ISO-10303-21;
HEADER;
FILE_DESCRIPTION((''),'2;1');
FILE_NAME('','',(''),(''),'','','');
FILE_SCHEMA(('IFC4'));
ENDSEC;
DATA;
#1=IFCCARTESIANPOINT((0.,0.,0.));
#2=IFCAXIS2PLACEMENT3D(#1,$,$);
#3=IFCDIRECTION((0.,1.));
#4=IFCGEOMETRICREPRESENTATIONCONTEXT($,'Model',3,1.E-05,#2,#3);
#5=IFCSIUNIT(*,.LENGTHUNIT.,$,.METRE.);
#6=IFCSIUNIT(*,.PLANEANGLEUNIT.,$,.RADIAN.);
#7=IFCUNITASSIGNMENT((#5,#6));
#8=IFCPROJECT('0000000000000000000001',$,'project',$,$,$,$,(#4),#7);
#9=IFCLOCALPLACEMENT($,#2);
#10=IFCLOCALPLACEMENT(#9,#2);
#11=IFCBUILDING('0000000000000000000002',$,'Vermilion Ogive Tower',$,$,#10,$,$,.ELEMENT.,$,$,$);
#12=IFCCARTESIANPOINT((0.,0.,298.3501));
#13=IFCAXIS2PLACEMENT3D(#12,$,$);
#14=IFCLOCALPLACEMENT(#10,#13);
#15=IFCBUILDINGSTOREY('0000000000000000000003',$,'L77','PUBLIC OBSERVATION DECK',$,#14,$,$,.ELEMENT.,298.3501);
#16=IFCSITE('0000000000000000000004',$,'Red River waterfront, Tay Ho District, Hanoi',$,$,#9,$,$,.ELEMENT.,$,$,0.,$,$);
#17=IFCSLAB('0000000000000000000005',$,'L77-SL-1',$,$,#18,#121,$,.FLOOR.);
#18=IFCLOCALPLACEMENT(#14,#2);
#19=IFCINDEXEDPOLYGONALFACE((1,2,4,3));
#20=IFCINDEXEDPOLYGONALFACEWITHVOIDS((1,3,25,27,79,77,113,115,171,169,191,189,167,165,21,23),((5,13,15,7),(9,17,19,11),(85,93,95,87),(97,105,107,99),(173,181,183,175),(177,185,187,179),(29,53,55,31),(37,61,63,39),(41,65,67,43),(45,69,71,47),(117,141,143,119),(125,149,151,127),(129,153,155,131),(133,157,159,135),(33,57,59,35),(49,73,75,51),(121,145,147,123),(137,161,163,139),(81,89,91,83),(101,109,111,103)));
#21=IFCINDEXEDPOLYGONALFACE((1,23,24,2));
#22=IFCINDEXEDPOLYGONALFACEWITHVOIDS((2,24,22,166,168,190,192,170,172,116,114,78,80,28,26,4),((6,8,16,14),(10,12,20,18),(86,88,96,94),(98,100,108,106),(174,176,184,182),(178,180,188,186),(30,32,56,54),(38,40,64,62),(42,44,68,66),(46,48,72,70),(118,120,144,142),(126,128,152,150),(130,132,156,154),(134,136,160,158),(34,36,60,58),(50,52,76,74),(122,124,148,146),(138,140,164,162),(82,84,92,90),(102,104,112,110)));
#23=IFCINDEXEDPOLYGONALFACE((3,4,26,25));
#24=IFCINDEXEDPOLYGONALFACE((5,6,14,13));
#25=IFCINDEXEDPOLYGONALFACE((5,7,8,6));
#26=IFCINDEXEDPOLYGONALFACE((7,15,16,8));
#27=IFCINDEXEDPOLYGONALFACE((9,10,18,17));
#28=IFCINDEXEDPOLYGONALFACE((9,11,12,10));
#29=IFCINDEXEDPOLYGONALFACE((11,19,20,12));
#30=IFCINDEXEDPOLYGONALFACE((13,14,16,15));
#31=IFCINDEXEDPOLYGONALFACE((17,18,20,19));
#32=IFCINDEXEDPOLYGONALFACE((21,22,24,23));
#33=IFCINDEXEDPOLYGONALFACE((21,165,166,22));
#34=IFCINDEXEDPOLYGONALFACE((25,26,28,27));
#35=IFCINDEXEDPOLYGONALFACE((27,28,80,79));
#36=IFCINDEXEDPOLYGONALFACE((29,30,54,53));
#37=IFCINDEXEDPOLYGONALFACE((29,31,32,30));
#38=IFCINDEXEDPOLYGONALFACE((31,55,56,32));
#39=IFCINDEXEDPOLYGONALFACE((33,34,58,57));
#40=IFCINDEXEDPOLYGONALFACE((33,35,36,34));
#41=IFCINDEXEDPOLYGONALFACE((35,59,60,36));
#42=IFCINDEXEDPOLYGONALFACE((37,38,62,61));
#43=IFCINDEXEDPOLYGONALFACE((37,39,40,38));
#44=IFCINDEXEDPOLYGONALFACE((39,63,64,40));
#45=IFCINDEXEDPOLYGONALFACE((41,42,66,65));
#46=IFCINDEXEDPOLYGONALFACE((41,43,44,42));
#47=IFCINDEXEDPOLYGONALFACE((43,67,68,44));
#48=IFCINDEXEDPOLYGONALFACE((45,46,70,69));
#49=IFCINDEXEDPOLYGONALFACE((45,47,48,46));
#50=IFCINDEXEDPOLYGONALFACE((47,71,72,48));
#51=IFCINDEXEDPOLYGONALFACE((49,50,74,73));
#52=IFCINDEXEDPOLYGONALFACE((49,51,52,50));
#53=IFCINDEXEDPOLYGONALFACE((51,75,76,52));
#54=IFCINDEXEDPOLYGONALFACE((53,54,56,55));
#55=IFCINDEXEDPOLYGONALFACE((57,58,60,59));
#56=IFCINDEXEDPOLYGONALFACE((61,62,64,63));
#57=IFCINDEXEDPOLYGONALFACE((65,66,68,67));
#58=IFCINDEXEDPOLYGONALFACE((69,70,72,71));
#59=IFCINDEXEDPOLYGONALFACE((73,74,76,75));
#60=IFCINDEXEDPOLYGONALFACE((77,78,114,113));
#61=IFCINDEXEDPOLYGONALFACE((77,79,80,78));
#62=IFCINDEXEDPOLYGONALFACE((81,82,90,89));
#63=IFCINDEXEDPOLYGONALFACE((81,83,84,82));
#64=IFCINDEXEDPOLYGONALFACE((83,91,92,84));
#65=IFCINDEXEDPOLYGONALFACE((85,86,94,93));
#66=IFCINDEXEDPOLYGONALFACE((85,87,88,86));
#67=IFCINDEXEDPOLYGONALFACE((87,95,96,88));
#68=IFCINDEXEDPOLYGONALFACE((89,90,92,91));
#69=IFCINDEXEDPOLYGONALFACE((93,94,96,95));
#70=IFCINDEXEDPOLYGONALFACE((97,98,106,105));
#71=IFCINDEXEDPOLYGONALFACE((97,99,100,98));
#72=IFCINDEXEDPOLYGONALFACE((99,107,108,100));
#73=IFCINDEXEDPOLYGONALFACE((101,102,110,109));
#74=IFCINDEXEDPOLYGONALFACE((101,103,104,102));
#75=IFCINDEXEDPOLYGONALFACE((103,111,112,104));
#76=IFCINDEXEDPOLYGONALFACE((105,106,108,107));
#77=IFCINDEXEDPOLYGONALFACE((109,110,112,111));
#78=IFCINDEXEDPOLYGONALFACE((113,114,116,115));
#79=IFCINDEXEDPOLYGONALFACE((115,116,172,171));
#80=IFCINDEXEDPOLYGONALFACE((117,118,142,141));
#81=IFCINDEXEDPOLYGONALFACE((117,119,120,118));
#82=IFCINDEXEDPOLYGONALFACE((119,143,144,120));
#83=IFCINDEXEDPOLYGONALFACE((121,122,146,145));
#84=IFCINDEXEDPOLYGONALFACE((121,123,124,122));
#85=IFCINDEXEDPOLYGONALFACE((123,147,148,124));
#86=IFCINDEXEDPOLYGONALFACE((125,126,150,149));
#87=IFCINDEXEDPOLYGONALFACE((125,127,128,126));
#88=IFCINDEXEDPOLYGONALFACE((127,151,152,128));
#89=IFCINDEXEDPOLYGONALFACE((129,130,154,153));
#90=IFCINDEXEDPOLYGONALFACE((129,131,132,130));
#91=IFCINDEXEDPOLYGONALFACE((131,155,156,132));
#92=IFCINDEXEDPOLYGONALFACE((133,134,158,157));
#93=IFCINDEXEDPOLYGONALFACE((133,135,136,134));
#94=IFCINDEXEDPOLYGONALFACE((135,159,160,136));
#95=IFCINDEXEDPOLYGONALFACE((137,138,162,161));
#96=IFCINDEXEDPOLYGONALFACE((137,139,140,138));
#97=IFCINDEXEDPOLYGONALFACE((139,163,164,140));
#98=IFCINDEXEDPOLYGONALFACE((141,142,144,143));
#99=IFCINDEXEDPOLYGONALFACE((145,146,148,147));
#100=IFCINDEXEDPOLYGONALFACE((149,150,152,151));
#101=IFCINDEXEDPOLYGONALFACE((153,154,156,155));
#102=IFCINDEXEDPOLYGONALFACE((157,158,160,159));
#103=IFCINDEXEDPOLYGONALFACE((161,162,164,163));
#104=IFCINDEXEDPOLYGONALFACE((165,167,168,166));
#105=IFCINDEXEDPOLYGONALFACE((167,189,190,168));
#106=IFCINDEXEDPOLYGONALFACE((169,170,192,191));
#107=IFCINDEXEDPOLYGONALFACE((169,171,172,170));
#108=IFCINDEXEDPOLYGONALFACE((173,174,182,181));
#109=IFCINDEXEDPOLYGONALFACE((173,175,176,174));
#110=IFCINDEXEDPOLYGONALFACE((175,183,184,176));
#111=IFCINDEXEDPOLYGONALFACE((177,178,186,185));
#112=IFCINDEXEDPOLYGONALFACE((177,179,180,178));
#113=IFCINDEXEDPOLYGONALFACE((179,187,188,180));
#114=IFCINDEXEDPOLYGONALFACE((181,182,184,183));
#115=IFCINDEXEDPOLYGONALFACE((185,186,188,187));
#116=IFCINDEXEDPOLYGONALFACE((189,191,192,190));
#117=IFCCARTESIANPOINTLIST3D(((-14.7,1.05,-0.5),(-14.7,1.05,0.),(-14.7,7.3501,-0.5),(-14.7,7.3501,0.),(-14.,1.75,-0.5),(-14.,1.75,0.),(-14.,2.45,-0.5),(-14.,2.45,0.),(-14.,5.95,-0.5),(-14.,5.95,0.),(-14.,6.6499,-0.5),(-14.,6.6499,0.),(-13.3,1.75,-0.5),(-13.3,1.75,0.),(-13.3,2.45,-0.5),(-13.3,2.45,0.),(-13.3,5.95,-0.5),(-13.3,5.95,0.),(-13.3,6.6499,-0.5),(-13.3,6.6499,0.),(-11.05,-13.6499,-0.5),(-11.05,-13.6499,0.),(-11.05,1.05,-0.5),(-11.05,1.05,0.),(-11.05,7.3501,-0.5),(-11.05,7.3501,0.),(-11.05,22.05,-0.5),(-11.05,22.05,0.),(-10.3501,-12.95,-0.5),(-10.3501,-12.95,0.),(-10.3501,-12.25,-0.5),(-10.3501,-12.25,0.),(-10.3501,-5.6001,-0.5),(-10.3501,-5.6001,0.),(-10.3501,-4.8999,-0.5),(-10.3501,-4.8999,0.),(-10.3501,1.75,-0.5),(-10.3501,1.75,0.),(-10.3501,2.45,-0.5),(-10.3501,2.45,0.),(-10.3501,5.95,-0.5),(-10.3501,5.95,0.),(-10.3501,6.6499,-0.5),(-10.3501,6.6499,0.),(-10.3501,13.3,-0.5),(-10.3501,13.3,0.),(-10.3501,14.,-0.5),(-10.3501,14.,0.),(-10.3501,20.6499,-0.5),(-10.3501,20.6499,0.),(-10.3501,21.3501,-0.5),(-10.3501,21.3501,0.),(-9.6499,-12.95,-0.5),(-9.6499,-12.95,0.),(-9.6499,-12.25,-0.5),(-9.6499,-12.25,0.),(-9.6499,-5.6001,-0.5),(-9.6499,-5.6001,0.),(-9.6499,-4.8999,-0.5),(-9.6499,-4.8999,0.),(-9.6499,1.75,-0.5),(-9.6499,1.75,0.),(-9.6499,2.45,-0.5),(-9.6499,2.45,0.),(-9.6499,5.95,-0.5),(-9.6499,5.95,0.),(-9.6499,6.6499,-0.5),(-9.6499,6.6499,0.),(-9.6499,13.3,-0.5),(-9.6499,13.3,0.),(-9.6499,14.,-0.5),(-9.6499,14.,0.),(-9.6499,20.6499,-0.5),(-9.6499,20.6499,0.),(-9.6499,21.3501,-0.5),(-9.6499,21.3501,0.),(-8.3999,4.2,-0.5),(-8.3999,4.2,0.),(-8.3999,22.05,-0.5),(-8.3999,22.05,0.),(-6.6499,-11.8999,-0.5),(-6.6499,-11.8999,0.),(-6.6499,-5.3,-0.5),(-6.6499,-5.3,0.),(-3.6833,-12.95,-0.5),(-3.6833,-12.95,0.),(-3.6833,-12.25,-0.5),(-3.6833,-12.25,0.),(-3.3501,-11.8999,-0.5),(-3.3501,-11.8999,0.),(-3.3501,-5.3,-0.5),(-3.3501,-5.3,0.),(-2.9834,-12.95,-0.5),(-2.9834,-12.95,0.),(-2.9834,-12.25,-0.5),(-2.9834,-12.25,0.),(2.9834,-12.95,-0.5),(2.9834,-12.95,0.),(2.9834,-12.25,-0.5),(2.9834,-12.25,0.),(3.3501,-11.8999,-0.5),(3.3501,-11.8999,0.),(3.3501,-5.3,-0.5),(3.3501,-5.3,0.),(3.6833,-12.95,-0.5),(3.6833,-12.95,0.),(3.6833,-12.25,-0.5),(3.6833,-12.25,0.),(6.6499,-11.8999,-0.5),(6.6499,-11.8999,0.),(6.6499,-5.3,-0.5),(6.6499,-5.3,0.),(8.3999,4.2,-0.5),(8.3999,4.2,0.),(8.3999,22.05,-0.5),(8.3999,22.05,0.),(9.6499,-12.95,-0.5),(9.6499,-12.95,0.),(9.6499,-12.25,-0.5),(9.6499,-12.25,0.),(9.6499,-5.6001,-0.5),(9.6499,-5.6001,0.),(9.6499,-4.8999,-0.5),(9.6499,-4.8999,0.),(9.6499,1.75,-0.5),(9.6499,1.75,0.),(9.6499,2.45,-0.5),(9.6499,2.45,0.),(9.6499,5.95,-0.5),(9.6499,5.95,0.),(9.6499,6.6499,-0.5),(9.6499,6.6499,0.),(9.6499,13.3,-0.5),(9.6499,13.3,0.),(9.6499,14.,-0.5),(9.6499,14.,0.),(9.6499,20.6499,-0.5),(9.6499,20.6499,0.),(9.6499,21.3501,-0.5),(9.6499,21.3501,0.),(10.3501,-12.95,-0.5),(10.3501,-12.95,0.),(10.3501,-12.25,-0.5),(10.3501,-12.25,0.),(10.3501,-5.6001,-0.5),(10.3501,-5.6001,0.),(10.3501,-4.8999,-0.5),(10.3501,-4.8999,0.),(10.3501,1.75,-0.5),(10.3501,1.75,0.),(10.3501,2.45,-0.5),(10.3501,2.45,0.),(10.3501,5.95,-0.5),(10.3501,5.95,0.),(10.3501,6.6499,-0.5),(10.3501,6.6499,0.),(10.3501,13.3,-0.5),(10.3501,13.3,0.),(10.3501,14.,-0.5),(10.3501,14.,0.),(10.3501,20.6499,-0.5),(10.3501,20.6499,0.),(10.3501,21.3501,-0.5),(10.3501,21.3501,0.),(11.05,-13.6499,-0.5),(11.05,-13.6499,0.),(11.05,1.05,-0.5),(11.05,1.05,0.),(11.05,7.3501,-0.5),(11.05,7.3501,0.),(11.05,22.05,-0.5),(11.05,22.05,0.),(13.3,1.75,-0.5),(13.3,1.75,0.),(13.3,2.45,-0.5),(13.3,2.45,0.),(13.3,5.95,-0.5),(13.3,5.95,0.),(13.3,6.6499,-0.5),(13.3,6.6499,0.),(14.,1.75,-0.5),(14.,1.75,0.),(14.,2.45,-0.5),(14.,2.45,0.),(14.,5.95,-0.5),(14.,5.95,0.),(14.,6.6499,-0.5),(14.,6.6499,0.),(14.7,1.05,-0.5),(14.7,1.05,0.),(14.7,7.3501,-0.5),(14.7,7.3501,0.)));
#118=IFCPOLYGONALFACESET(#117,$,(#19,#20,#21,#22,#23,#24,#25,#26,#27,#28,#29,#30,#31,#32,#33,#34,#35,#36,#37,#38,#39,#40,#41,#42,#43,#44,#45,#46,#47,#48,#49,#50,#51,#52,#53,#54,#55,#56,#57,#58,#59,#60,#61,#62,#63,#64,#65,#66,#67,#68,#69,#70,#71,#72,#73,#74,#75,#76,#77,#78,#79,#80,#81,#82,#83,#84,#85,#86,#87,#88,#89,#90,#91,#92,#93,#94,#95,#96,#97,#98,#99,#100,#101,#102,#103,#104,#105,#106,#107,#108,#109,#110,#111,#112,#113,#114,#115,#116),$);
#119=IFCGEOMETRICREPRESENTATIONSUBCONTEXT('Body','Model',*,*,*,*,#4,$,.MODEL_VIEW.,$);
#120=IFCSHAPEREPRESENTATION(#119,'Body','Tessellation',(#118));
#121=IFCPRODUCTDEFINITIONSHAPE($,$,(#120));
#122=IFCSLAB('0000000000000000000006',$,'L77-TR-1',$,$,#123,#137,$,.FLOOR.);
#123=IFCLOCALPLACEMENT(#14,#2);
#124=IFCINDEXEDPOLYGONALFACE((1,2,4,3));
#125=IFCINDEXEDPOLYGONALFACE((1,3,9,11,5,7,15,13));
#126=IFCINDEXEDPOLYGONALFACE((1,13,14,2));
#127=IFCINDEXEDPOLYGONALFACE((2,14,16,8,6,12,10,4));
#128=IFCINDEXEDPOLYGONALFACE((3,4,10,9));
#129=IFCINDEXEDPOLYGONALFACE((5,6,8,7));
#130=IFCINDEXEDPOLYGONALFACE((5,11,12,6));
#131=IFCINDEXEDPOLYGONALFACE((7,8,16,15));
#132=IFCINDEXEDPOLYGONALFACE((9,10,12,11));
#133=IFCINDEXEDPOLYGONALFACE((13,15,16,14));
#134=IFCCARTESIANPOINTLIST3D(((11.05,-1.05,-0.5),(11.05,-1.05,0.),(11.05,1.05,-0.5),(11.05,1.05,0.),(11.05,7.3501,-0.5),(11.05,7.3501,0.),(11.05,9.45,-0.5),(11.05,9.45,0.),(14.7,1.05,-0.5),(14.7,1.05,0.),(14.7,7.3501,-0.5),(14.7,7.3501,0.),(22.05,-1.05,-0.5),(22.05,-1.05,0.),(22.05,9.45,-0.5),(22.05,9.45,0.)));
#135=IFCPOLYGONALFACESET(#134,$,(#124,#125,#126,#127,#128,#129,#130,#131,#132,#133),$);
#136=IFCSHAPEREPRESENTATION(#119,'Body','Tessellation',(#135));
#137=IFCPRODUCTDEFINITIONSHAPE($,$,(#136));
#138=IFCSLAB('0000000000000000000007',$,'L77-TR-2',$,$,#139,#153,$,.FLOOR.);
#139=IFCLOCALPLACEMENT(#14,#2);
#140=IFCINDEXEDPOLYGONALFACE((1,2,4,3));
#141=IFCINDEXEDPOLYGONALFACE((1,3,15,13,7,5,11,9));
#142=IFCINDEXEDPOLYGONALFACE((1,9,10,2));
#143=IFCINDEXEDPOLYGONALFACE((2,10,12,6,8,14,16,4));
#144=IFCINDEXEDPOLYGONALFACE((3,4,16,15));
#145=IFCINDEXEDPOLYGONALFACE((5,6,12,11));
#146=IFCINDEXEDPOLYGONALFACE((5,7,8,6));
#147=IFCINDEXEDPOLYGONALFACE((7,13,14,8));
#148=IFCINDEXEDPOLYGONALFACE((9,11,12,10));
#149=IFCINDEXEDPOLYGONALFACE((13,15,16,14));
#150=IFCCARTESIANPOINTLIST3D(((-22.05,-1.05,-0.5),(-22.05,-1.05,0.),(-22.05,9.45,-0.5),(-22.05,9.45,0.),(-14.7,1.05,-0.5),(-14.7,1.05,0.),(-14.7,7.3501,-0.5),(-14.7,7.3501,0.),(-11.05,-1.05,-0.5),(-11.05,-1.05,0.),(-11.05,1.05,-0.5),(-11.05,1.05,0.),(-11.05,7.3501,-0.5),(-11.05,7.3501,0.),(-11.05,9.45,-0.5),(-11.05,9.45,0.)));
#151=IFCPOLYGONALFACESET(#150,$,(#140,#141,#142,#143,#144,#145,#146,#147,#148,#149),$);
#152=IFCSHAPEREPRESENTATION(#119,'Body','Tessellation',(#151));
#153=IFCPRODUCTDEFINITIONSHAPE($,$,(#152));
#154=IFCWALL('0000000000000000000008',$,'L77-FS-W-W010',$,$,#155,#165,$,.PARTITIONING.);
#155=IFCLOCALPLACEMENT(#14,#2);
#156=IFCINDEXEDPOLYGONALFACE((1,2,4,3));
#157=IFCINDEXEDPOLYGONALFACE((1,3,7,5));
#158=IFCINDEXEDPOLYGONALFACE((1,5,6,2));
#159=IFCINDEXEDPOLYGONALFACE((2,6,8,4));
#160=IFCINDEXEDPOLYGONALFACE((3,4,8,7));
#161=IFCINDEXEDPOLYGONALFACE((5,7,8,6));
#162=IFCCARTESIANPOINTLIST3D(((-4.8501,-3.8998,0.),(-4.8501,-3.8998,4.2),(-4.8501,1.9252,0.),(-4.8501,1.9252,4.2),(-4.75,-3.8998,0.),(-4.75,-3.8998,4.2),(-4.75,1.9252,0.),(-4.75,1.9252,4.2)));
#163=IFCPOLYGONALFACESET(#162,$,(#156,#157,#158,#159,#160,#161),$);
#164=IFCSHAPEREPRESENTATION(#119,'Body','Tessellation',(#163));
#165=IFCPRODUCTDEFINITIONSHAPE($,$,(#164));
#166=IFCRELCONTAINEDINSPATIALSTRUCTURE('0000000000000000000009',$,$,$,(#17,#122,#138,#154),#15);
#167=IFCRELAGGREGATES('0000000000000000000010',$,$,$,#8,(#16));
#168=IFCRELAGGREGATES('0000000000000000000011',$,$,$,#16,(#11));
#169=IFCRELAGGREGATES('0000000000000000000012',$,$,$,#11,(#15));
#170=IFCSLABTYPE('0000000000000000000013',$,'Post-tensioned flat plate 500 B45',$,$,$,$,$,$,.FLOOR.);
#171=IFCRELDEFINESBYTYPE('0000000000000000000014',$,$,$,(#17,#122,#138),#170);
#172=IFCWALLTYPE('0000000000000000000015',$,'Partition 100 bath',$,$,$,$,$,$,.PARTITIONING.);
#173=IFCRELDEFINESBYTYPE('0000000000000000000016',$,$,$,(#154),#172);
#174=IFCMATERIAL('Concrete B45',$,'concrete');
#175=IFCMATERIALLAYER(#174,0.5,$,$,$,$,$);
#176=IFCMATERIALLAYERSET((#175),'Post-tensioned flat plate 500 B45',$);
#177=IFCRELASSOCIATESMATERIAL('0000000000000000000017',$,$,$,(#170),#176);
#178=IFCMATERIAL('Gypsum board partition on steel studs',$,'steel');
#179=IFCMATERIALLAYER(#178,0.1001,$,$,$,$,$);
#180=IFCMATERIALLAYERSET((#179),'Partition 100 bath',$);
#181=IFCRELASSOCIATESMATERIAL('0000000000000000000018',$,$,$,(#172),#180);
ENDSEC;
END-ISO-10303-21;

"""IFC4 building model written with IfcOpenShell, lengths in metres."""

from ifc_helpers import new_model, si_unit, direction, frame, frame_2d, origin, place, context, subcontext, project, spatial, polyline, rectangle, outline, extrude, material, layer, layer_set, type_object, element, save


model = new_model("IFC4")

# Units and contexts
model_context = context("Model", 3, precision=1e-05, world=origin(), true_north=direction((0.0, 1.0)))
body_context = subcontext(model_context, "Body", "Model", "MODEL_VIEW")
ifc_project = project(units=[si_unit("LENGTHUNIT", "METRE"), si_unit("PLANEANGLEUNIT", "RADIAN")], contexts=[model_context])

# Site, building, storey
site_placement = place(None, origin())
site = spatial("IfcSite", under=ifc_project, at=site_placement, Name="Red River waterfront, Tay Ho District, Hanoi", CompositionType="ELEMENT", RefElevation=0.0)
building_placement = place(site_placement, origin())
building = spatial("IfcBuilding", under=site, at=building_placement, Name="Vermilion Ogive Tower", CompositionType="ELEMENT")
storey_placement = place(building_placement, frame((0.0, 0.0, 298.3501)))
storey = spatial("IfcBuildingStorey", under=building, at=storey_placement, Name="L77", Description="PUBLIC OBSERVATION DECK", CompositionType="ELEMENT", Elevation=298.3501)

# Slabs
ifc_material_1 = material(Name="Concrete B45", Category="concrete")
ifc_layer_1 = layer(ifc_material_1, 0.5)
ifc_layer_set_1 = layer_set([ifc_layer_1], Name="Post-tensioned flat plate 500 B45")
slab_type = type_object("IfcSlabType", Name="Post-tensioned flat plate 500 B45", PredefinedType="FLOOR", material=ifc_layer_set_1)
slab_1_placement = place(storey_placement, frame((0.0, 0.0, -0.5)))
element("IfcSlab", 1, at=slab_1_placement, inside=storey, type_object=slab_type, Name="L77-SL-1", PredefinedType="FLOOR", context=body_context, shape_type="SweptSolid", body=[
    extrude(outline(polyline([(-11.05, 1.05), (-14.7, 1.05), (-14.7, 7.3501), (-11.05, 7.3501), (-11.05, 22.05), (-8.3999, 22.05), (-8.3999, 4.2), (8.3999, 4.2), (8.3999, 22.05), (11.05, 22.05), (11.05, 7.3501), (14.7, 7.3501), (14.7, 1.05), (11.05, 1.05), (11.05, -13.6499), (-11.05, -13.6499), (-11.05, 1.05)]), holes=[polyline([(14.0, 5.95), (14.0, 6.6499), (13.3, 6.6499), (13.3, 5.95), (14.0, 5.95)]), polyline([(14.0, 2.45), (13.3, 2.45), (13.3, 1.75), (14.0, 1.75), (14.0, 2.45)]), polyline([(10.3501, 20.6499), (10.3501, 21.3501), (9.6499, 21.3501), (9.6499, 20.6499), (10.3501, 20.6499)]), polyline([(10.3501, 13.3), (10.3501, 14.0), (9.6499, 14.0), (9.6499, 13.3), (10.3501, 13.3)]), polyline([(10.3501, 5.95), (10.3501, 6.6499), (9.6499, 6.6499), (9.6499, 5.95), (10.3501, 5.95)]), polyline([(10.3501, 1.75), (10.3501, 2.45), (9.6499, 2.45), (9.6499, 1.75), (10.3501, 1.75)]), polyline([(10.3501, -5.6001), (10.3501, -4.8999), (9.6499, -4.8999), (9.6499, -5.6001), (10.3501, -5.6001)]), polyline([(10.3501, -12.95), (10.3501, -12.25), (9.6499, -12.25), (9.6499, -12.95), (10.3501, -12.95)]), polyline([(6.6499, -5.3), (3.3501, -5.3), (3.3501, -11.8999), (6.6499, -11.8999), (6.6499, -5.3)]), polyline([(3.6833, -12.95), (3.6833, -12.25), (2.9834, -12.25), (2.9834, -12.95), (3.6833, -12.95)]), polyline([(-2.9834, -12.95), (-2.9834, -12.25), (-3.6833, -12.25), (-3.6833, -12.95), (-2.9834, -12.95)]), polyline([(-3.3501, -11.8999), (-3.3501, -5.3), (-6.6499, -5.3), (-6.6499, -11.8999), (-3.3501, -11.8999)]), polyline([(-9.6499, 20.6499), (-9.6499, 21.3501), (-10.3501, 21.3501), (-10.3501, 20.6499), (-9.6499, 20.6499)]), polyline([(-9.6499, 13.3), (-9.6499, 14.0), (-10.3501, 14.0), (-10.3501, 13.3), (-9.6499, 13.3)]), polyline([(-9.6499, 5.95), (-9.6499, 6.6499), (-10.3501, 6.6499), (-10.3501, 5.95), (-9.6499, 5.95)]), polyline([(-9.6499, 1.75), (-9.6499, 2.45), (-10.3501, 2.45), (-10.3501, 1.75), (-9.6499, 1.75)]), polyline([(-9.6499, -4.8999), (-10.3501, -4.8999), (-10.3501, -5.6001), (-9.6499, -5.6001), (-9.6499, -4.8999)]), polyline([(-9.6499, -12.25), (-10.3501, -12.25), (-10.3501, -12.95), (-9.6499, -12.95), (-9.6499, -12.25)]), polyline([(-13.3, 1.75), (-13.3, 2.45), (-14.0, 2.45), (-14.0, 1.75), (-13.3, 1.75)]), polyline([(-13.3, 5.95), (-13.3, 6.6499), (-14.0, 6.6499), (-14.0, 5.95), (-13.3, 5.95)])]), origin(), (0.0, 0.0, 1.0), 0.5),
])
slab_2_placement = place(storey_placement, frame((0.0, 0.0, -0.5)))
element("IfcSlab", 2, at=slab_2_placement, inside=storey, type_object=slab_type, Name="L77-TR-1", PredefinedType="FLOOR", context=body_context, shape_type="SweptSolid", body=[
    extrude(outline(polyline([(22.05, -1.05), (11.05, -1.05), (11.05, 1.05), (14.7, 1.05), (14.7, 7.3501), (11.05, 7.3501), (11.05, 9.45), (22.05, 9.45), (22.05, -1.05)])), origin(), (0.0, 0.0, 1.0), 0.5),
])
slab_3_placement = place(storey_placement, frame((0.0, 0.0, -0.5)))
element("IfcSlab", 3, at=slab_3_placement, inside=storey, type_object=slab_type, Name="L77-TR-2", PredefinedType="FLOOR", context=body_context, shape_type="SweptSolid", body=[
    extrude(outline(polyline([(-22.05, 9.45), (-11.05, 9.45), (-11.05, 7.3501), (-14.7, 7.3501), (-14.7, 1.05), (-11.05, 1.05), (-11.05, -1.05), (-22.05, -1.05), (-22.05, 9.45)])), origin(), (0.0, 0.0, 1.0), 0.5),
])

# Wall
ifc_material_2 = material(Name="Gypsum board partition on steel studs", Category="steel")
ifc_layer_2 = layer(ifc_material_2, 0.1001)
ifc_layer_set_2 = layer_set([ifc_layer_2], Name="Partition 100 bath")
wall_type_1 = type_object("IfcWallType", Name="Partition 100 bath", PredefinedType="PARTITIONING", material=ifc_layer_set_2)
wall_1_placement = place(storey_placement, frame((-4.8, -3.8999, 0.0), z_axis=(0.0, 0.0, 1.0), x_axis=(0.0, 1.0, 0.0)))
element("IfcWall", 4, at=wall_1_placement, inside=storey, type_object=wall_type_1, Name="L77-FS-W-W010", PredefinedType="PARTITIONING", context=body_context, shape_type="SweptSolid", body=[
    extrude(rectangle(XDim=5.825, YDim=0.1001, at=frame_2d((2.9126, 0.0))), origin(), (0.0, 0.0, 1.0), 4.2),
])

save(model, "model.ifc")
